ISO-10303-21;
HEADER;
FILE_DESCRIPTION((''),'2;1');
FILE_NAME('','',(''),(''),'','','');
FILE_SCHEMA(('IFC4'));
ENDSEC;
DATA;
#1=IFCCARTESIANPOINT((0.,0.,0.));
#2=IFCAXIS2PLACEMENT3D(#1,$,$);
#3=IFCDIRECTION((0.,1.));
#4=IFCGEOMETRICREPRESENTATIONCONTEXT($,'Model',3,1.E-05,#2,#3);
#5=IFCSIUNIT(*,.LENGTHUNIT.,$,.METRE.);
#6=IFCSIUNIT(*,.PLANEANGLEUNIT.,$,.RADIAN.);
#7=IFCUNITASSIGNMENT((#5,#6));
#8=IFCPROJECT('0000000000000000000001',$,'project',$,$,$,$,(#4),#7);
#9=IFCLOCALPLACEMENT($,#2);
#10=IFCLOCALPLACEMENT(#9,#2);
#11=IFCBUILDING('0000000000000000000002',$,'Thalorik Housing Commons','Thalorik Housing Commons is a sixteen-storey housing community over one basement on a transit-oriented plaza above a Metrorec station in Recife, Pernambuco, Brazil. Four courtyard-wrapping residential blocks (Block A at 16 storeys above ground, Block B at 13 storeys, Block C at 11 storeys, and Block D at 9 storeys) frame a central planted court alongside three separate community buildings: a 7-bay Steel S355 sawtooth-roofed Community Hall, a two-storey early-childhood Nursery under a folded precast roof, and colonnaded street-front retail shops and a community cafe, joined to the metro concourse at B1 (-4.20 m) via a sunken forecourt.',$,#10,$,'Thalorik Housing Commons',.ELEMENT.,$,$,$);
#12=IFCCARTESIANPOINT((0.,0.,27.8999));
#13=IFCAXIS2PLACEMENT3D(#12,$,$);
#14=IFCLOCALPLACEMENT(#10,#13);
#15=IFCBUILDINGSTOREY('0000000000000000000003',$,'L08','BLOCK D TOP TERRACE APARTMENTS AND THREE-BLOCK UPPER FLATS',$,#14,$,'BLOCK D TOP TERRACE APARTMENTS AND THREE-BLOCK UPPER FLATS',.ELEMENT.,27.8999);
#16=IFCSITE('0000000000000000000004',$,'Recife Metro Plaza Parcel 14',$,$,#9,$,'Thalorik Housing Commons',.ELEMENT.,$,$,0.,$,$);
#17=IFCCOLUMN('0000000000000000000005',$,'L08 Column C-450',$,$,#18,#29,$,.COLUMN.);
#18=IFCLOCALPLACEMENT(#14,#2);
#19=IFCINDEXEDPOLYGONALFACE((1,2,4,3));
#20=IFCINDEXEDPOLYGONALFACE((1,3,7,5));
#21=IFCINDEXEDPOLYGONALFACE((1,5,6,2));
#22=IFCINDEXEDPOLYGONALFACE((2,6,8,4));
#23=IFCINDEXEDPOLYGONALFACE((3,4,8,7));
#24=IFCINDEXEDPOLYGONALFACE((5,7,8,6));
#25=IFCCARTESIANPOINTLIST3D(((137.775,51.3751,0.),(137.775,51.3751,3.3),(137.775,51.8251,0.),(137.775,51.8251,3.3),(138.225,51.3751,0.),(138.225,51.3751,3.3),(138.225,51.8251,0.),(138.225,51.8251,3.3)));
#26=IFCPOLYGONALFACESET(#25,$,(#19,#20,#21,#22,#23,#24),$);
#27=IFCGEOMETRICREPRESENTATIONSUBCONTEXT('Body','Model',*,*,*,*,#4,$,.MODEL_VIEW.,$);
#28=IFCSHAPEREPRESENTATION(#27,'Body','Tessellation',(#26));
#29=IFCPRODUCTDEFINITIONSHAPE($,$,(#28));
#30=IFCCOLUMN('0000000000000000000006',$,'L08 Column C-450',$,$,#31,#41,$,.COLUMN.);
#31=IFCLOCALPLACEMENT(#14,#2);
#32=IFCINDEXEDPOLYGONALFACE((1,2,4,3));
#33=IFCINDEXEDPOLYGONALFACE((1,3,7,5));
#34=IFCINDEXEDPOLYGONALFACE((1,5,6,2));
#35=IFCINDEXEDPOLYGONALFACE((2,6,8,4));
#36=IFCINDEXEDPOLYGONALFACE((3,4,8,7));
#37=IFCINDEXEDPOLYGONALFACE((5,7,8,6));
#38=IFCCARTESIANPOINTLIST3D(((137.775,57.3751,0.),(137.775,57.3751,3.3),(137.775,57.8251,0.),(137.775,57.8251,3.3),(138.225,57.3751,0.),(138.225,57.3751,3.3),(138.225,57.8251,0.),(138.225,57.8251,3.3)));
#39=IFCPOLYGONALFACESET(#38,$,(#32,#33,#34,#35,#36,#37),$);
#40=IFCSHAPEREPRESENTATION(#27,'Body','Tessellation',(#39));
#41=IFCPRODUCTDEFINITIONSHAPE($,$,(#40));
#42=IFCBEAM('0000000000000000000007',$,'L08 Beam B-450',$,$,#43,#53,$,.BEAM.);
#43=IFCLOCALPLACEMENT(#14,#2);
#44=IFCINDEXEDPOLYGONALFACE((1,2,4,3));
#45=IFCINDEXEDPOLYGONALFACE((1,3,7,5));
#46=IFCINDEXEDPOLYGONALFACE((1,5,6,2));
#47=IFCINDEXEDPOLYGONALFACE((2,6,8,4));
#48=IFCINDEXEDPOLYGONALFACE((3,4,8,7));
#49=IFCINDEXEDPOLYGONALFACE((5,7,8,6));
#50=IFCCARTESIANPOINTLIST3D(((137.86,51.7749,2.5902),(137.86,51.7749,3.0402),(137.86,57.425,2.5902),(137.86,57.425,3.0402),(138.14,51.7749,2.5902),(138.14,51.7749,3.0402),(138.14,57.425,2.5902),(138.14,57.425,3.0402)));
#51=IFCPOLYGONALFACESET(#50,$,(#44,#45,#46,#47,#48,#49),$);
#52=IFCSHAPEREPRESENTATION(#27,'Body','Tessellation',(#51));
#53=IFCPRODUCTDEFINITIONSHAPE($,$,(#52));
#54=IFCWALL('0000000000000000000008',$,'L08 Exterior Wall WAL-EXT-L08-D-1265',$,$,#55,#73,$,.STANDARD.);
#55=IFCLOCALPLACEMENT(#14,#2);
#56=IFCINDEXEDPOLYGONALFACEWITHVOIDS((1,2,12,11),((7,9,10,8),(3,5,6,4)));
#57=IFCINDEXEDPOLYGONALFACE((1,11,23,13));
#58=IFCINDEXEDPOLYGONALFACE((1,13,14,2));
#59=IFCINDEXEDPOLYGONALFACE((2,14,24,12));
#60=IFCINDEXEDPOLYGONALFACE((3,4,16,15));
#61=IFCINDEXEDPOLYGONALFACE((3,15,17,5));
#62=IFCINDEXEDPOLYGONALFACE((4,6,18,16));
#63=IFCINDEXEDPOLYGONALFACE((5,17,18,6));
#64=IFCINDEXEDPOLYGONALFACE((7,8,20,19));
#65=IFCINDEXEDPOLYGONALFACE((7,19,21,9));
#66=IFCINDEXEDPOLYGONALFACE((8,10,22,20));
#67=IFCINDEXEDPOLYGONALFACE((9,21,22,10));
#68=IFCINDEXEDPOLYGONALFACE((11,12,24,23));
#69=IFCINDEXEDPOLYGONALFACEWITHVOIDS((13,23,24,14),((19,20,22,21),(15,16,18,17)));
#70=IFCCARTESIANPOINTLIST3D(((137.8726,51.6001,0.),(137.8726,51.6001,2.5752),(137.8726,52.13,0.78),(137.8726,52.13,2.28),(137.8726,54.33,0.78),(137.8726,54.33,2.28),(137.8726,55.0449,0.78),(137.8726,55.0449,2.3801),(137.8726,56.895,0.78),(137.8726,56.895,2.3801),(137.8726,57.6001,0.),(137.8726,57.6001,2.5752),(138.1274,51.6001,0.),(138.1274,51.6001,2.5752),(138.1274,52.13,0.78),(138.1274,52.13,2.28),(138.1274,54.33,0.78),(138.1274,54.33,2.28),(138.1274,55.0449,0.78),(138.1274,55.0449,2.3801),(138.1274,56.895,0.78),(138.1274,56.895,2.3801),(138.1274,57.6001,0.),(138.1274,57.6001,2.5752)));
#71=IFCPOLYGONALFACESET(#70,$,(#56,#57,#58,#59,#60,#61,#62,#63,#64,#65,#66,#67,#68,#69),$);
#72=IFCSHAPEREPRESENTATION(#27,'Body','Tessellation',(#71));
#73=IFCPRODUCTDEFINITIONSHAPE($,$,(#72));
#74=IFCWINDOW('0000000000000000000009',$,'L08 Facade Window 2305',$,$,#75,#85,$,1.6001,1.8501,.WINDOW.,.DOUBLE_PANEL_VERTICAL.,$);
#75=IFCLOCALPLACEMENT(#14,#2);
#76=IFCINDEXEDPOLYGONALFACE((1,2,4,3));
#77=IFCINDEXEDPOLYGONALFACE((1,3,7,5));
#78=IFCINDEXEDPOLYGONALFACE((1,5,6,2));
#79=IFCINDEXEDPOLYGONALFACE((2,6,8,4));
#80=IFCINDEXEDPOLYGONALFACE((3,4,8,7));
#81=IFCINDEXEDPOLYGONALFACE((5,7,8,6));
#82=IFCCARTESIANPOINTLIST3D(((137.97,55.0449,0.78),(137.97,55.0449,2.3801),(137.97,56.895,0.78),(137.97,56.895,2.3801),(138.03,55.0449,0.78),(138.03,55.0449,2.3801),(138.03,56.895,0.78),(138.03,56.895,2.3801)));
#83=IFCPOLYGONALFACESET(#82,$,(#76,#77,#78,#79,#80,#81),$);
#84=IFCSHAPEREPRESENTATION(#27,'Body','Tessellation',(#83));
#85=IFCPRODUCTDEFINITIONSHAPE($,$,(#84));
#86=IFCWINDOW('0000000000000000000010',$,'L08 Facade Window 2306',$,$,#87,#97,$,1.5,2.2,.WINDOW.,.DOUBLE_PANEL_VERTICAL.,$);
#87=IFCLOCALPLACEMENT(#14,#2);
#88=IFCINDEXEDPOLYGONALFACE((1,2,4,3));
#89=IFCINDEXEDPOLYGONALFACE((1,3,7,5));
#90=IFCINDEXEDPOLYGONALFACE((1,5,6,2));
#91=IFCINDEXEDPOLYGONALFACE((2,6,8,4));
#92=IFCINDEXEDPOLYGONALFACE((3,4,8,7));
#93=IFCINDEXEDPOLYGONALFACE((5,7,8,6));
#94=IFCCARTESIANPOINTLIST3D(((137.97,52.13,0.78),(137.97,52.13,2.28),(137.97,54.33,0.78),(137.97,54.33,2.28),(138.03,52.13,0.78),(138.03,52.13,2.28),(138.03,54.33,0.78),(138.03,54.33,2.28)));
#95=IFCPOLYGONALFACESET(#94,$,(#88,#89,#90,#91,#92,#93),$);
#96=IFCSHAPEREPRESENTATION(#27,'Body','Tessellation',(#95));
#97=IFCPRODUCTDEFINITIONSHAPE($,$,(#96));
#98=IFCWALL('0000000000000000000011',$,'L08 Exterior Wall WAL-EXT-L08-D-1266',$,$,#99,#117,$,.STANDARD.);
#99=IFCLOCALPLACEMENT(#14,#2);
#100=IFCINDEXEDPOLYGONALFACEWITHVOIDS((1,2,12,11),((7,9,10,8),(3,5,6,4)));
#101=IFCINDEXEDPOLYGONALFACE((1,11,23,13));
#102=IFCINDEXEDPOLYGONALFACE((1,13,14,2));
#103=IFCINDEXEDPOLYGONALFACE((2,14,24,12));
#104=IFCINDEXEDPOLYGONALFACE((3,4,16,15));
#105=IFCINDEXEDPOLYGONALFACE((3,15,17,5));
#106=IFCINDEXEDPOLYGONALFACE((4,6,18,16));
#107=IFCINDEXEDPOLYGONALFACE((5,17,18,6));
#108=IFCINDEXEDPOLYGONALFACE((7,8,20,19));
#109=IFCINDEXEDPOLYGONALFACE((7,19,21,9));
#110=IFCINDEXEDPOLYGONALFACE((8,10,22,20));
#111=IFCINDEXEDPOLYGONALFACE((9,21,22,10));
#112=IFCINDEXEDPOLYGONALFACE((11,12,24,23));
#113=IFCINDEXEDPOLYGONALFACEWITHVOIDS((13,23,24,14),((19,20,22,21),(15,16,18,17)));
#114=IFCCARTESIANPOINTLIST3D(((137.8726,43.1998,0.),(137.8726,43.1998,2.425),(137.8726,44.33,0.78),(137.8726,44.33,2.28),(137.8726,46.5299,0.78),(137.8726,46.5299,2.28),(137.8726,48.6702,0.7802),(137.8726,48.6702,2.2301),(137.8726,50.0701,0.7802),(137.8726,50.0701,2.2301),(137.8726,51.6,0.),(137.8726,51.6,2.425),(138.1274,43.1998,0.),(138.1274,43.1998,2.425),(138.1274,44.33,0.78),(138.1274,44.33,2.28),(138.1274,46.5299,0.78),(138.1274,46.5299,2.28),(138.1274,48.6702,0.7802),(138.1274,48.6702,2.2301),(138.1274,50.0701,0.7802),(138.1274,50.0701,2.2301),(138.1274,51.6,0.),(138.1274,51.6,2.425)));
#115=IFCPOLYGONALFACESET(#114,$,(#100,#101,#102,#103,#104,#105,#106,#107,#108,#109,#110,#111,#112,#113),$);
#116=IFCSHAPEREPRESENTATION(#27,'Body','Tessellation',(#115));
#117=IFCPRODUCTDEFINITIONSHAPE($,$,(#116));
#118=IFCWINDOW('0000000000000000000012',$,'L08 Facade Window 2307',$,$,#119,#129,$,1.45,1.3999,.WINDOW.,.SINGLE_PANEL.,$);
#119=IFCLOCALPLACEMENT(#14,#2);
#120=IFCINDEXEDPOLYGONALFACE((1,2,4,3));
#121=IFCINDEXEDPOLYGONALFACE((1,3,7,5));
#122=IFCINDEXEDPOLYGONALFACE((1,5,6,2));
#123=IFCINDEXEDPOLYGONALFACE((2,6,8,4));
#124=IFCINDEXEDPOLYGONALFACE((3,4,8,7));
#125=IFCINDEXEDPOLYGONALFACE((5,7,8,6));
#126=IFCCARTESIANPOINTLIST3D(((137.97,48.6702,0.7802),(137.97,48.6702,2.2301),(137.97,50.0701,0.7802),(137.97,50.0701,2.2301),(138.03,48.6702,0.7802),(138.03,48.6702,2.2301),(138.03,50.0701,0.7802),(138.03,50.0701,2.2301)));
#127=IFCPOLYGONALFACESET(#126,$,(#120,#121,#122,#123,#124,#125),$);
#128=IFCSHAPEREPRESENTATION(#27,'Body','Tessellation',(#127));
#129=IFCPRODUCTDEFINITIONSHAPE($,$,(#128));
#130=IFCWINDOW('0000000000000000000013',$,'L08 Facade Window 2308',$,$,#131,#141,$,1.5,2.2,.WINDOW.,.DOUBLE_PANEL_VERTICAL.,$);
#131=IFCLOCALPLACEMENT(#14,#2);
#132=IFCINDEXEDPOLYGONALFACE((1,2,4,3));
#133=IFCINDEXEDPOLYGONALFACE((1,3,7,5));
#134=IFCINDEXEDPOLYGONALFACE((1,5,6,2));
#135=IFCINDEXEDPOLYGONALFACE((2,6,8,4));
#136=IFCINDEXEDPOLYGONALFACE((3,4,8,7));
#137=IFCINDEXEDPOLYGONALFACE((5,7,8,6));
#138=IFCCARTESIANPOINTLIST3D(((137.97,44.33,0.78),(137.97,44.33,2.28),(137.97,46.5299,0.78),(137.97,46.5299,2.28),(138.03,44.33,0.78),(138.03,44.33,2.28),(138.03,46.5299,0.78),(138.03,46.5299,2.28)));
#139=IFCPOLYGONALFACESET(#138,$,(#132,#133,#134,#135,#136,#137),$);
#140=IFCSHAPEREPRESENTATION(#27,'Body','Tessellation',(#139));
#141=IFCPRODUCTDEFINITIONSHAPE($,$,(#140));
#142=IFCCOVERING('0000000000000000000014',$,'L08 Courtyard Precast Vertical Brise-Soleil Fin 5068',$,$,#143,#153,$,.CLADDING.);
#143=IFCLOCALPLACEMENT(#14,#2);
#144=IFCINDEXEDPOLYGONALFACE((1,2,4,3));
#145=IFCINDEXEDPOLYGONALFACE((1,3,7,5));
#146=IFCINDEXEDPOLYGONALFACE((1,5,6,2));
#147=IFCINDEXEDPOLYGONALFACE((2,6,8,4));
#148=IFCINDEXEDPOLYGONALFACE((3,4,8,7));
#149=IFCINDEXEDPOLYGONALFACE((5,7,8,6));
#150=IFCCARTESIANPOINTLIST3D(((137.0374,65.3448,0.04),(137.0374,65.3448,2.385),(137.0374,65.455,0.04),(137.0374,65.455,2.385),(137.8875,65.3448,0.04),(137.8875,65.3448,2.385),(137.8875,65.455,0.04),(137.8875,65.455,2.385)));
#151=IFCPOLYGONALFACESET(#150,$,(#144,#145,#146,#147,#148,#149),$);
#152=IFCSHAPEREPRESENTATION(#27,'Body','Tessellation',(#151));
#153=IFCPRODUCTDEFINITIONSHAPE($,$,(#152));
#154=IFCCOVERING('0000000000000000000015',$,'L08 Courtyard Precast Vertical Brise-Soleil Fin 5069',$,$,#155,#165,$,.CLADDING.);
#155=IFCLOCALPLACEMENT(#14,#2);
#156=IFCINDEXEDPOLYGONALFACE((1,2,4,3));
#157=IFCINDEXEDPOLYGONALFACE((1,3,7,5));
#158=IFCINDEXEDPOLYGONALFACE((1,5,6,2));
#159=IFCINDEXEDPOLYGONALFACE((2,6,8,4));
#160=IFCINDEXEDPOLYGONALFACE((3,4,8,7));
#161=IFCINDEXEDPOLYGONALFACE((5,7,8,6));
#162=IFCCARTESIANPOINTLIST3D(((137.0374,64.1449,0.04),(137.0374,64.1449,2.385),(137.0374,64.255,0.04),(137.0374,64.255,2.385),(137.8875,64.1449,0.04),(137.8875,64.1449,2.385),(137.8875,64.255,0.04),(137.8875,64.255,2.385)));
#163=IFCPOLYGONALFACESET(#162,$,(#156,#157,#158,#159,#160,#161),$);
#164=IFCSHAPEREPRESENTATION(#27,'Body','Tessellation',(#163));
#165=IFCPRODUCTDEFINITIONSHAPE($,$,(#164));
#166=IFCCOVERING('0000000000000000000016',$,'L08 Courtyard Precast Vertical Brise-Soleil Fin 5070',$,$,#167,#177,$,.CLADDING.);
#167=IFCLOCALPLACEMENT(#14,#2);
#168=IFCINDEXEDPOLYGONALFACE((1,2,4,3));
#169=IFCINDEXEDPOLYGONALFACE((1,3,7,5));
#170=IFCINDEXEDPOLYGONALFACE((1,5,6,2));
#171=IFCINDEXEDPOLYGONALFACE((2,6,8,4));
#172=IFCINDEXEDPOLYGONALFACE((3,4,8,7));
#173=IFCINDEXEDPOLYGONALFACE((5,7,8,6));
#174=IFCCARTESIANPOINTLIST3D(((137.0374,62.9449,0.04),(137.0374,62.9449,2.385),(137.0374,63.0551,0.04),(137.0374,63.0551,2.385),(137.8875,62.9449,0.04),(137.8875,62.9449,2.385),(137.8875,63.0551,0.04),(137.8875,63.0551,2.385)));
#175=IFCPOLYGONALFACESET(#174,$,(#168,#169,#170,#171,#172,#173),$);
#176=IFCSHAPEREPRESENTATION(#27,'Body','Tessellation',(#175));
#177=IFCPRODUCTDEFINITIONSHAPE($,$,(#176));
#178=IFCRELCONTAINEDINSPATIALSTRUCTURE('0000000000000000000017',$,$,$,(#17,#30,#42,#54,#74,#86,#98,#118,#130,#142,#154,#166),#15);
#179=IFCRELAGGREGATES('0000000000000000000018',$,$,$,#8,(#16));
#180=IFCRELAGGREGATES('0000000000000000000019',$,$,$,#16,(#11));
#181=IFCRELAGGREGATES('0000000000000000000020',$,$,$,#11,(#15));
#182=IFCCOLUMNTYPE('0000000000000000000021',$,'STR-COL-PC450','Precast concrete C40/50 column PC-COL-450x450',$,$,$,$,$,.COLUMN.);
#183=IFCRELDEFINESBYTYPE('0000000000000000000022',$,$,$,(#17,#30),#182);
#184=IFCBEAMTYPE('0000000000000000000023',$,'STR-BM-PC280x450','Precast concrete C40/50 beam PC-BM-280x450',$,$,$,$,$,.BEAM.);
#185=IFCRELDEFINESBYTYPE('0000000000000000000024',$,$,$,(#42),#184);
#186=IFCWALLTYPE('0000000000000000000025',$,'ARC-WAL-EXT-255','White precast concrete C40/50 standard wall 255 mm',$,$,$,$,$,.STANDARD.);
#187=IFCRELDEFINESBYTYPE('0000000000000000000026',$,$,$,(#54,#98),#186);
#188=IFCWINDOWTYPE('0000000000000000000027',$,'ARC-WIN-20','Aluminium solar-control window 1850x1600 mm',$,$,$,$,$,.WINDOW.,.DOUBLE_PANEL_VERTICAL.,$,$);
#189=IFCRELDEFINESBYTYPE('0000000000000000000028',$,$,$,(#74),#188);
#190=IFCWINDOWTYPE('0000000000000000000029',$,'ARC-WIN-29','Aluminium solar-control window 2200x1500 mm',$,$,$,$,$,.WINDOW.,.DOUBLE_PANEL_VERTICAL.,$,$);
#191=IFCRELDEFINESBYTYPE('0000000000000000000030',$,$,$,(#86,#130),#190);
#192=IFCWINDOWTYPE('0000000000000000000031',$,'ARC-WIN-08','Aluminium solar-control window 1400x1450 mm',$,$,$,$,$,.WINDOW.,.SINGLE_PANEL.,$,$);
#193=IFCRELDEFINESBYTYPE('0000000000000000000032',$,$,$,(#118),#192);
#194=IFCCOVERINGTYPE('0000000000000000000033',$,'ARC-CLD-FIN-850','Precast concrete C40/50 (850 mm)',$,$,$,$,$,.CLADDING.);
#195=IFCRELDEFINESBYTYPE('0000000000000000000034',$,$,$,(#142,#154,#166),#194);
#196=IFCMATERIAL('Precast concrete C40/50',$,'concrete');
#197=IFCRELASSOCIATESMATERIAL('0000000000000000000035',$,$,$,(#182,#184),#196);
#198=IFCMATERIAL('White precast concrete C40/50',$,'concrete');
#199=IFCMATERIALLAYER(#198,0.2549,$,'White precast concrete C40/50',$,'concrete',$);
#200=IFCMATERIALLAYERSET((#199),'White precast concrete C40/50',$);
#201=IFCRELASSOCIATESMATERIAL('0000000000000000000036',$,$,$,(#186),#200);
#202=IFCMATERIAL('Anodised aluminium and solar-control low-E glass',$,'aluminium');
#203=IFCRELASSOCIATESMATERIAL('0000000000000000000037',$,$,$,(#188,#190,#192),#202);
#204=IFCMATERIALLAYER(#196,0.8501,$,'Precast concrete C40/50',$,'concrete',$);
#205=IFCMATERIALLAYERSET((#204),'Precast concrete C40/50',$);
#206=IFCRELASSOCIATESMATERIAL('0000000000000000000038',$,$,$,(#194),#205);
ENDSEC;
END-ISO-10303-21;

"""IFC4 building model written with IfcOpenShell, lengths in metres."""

from ifc_helpers import new_model, si_unit, direction, frame, frame_2d, origin, origin_2d, place, context, subcontext, project, spatial, rectangle, extrude, material, layer, layer_set, material_profile, profile_set, type_object, element, fill, save


model = new_model("IFC4")

# Units and contexts
model_context = context("Model", 3, precision=1e-05, world=origin(), true_north=direction((0.0, 1.0)))
body_context = subcontext(model_context, "Body", "Model", "MODEL_VIEW")
ifc_project = project(units=[si_unit("LENGTHUNIT", "METRE"), si_unit("PLANEANGLEUNIT", "RADIAN")], contexts=[model_context])

# Site, building, storey
site_placement = place(None, origin())
site = spatial("IfcSite", under=ifc_project, at=site_placement, Name="Recife Metro Plaza Parcel 14", LongName="Thalorik Housing Commons", CompositionType="ELEMENT", RefElevation=0.0)
building_placement = place(site_placement, origin())
building = spatial("IfcBuilding", under=site, at=building_placement, Name="Thalorik Housing Commons", Description="Thalorik Housing Commons is a sixteen-storey housing community over one basement on a transit-oriented plaza above a Metrorec station in Recife, Pernambuco, Brazil. Four courtyard-wrapping residential blocks (Block A at 16 storeys above ground, Block B at 13 storeys, Block C at 11 storeys, and Block D at 9 storeys) frame a central planted court alongside three separate community buildings: a 7-bay Steel S355 sawtooth-roofed Community Hall, a two-storey early-childhood Nursery under a folded precast roof, and colonnaded street-front retail shops and a community cafe, joined to the metro concourse at B1 (-4.20 m) via a sunken forecourt.", LongName="Thalorik Housing Commons", CompositionType="ELEMENT")
storey_placement = place(building_placement, frame((0.0, 0.0, 27.8999)))
storey = spatial("IfcBuildingStorey", under=building, at=storey_placement, Name="L08", Description="BLOCK D TOP TERRACE APARTMENTS AND THREE-BLOCK UPPER FLATS", LongName="BLOCK D TOP TERRACE APARTMENTS AND THREE-BLOCK UPPER FLATS", CompositionType="ELEMENT", Elevation=27.8999)

# Columns
ifc_material_1 = material(Name="Precast concrete C40/50", Category="concrete")
ifc_material_profile_1 = material_profile(ifc_material_1, rectangle(XDim=0.45, YDim=0.45, at=origin_2d()), Name="PC 450x450", Category="concrete")
ifc_profile_set_1 = profile_set([ifc_material_profile_1], Name="Precast concrete C40/50")
column_type = type_object("IfcColumnType", Name="STR-COL-PC450", Description="Precast concrete C40/50 column PC-COL-450x450", PredefinedType="COLUMN", material=ifc_profile_set_1)
for number, where, z_axis, x_axis, name in (
    (1, (138.0, 51.6001, 0.0), (0.0, 0.0, 1.0), (1.0, 0.0, 0.0), "L08 Column C-450"),
    (2, (138.0, 57.6001, 0.0), (0.0, 0.0, 1.0), (1.0, 0.0, 0.0), "L08 Column C-450"),
):
    element("IfcColumn", number, at=place(storey_placement, frame(where, z_axis=z_axis, x_axis=x_axis)), inside=storey, type_object=column_type, Name=name, PredefinedType="COLUMN", context=body_context, shape_type="SweptSolid", body=[
        extrude(rectangle(XDim=0.45, YDim=0.45, at=origin_2d()), origin(), (0.0, 0.0, 1.0), 3.3),
    ])

# Beam
ifc_material_profile_2 = material_profile(ifc_material_1, rectangle(XDim=0.28, YDim=0.45, at=origin_2d()), Name="PC 280x450", Category="concrete")
ifc_profile_set_2 = profile_set([ifc_material_profile_2], Name="Precast concrete C40/50")
beam_type = type_object("IfcBeamType", Name="STR-BM-PC280x450", Description="Precast concrete C40/50 beam PC-BM-280x450", PredefinedType="BEAM", material=ifc_profile_set_2)
beam_placement = place(storey_placement, frame((138.0, 51.7749, 2.8152), z_axis=(0.0, 1.0, 0.0), x_axis=(-1.0, 0.0, 0.0)))
element("IfcBeam", 3, at=beam_placement, inside=storey, type_object=beam_type, Name="L08 Beam B-450", PredefinedType="BEAM", context=body_context, shape_type="SweptSolid", body=[
    extrude(rectangle(XDim=0.28, YDim=0.45, at=origin_2d()), origin(), (0.0, 0.0, 1.0), 5.6501),
])

# Walls, openings, windows
ifc_material_2 = material(Name="White precast concrete C40/50", Category="concrete")
ifc_layer_1 = layer(ifc_material_2, 0.2549, Name="White precast concrete C40/50", Category="concrete")
ifc_layer_set_1 = layer_set([ifc_layer_1], Name="White precast concrete C40/50")
wall_type = type_object("IfcWallType", Name="ARC-WAL-EXT-255", Description="White precast concrete C40/50 standard wall 255 mm", PredefinedType="STANDARD", material=ifc_layer_set_1)
wall_1_placement = place(storey_placement, frame((138.0, 57.6001, 0.0), z_axis=(0.0, 0.0, 1.0), x_axis=(0.0, -1.0, 0.0)))
wall_1 = element("IfcWall", 4, at=wall_1_placement, inside=storey, type_object=wall_type, Name="L08 Exterior Wall WAL-EXT-L08-D-1265", PredefinedType="STANDARD", context=body_context, shape_type="SweptSolid", body=[
    extrude(rectangle(XDim=6.0, YDim=0.2549, at=frame_2d((3.0, 0.0))), origin(), (0.0, 0.0, 1.0), 2.5752),
])
opening_1_placement = place(wall_1_placement, frame((0.7051, 0.0, 0.78)))
opening_1 = element("IfcOpeningElement", 5, at=opening_1_placement, cuts=wall_1, PredefinedType="OPENING", context=body_context, shape_type="SweptSolid", body=[
    extrude(rectangle(XDim=1.8501, YDim=1.6001, at=frame_2d((0.925, 0.8))), frame((0.0, 0.1375, 0.0), z_axis=(0.0, -1.0, 0.0), x_axis=(1.0, 0.0, 0.0)), (0.0, 0.0, 1.0), 0.2749),
])
opening_2_placement = place(wall_1_placement, frame((3.27, 0.0, 0.78)))
opening_2 = element("IfcOpeningElement", 6, at=opening_2_placement, cuts=wall_1, PredefinedType="OPENING", context=body_context, shape_type="SweptSolid", body=[
    extrude(rectangle(XDim=2.2, YDim=1.5, at=frame_2d((1.1001, 0.75))), frame((0.0, 0.1375, 0.0), z_axis=(0.0, -1.0, 0.0), x_axis=(1.0, 0.0, 0.0)), (0.0, 0.0, 1.0), 0.2749),
])
ifc_material_3 = material(Name="Anodised aluminium and solar-control low-E glass", Category="aluminium")
window_type_1 = type_object("IfcWindowType", Name="ARC-WIN-20", Description="Aluminium solar-control window 1850x1600 mm", PartitioningType="DOUBLE_PANEL_VERTICAL", PredefinedType="WINDOW", material=ifc_material_3)
window_1_placement = place(opening_1_placement, origin())
window_1 = element("IfcWindow", 7, at=window_1_placement, inside=storey, type_object=window_type_1, Name="L08 Facade Window 2305", OverallHeight=1.6001, OverallWidth=1.8501, PartitioningType="DOUBLE_PANEL_VERTICAL", PredefinedType="WINDOW", context=body_context, shape_type="SweptSolid", body=[
    extrude(rectangle(XDim=1.8501, YDim=1.6001, at=frame_2d((0.925, 0.8))), frame((0.0, 0.03, 0.0), z_axis=(0.0, -1.0, 0.0), x_axis=(1.0, 0.0, 0.0)), (0.0, 0.0, 1.0), 0.0601),
])
fill(opening_1, window_1)
window_type_2 = type_object("IfcWindowType", Name="ARC-WIN-29", Description="Aluminium solar-control window 2200x1500 mm", PartitioningType="DOUBLE_PANEL_VERTICAL", PredefinedType="WINDOW", material=ifc_material_3)
window_2_placement = place(opening_2_placement, origin())
window_2 = element("IfcWindow", 8, at=window_2_placement, inside=storey, type_object=window_type_2, Name="L08 Facade Window 2306", OverallHeight=1.5, OverallWidth=2.2, PartitioningType="DOUBLE_PANEL_VERTICAL", PredefinedType="WINDOW", context=body_context, shape_type="SweptSolid", body=[
    extrude(rectangle(XDim=2.2, YDim=1.5, at=frame_2d((1.1001, 0.75))), frame((0.0, 0.03, 0.0), z_axis=(0.0, -1.0, 0.0), x_axis=(1.0, 0.0, 0.0)), (0.0, 0.0, 1.0), 0.0601),
])
fill(opening_2, window_2)
wall_2_placement = place(storey_placement, frame((138.0, 51.6001, 0.0), z_axis=(0.0, 0.0, 1.0), x_axis=(0.0, -1.0, 0.0)))
wall_2 = element("IfcWall", 9, at=wall_2_placement, inside=storey, type_object=wall_type, Name="L08 Exterior Wall WAL-EXT-L08-D-1266", PredefinedType="STANDARD", context=body_context, shape_type="SweptSolid", body=[
    extrude(rectangle(XDim=8.4001, YDim=0.2549, at=frame_2d((4.2002, 0.0))), origin(), (0.0, 0.0, 1.0), 2.425),
])
opening_3_placement = place(wall_2_placement, frame((1.53, 0.0, 0.78)))
opening_3 = element("IfcOpeningElement", 10, at=opening_3_placement, cuts=wall_2, PredefinedType="OPENING", context=body_context, shape_type="SweptSolid", body=[
    extrude(rectangle(XDim=1.3999, YDim=1.45, at=frame_2d((0.7, 0.7251))), frame((0.0, 0.1375, 0.0), z_axis=(0.0, -1.0, 0.0), x_axis=(1.0, 0.0, 0.0)), (0.0, 0.0, 1.0), 0.2749),
])
opening_4_placement = place(wall_2_placement, frame((5.0701, 0.0, 0.78)))
opening_4 = element("IfcOpeningElement", 11, at=opening_4_placement, cuts=wall_2, PredefinedType="OPENING", context=body_context, shape_type="SweptSolid", body=[
    extrude(rectangle(XDim=2.2, YDim=1.5, at=frame_2d((1.1001, 0.75))), frame((0.0, 0.1375, 0.0), z_axis=(0.0, -1.0, 0.0), x_axis=(1.0, 0.0, 0.0)), (0.0, 0.0, 1.0), 0.2749),
])
window_type_3 = type_object("IfcWindowType", Name="ARC-WIN-08", Description="Aluminium solar-control window 1400x1450 mm", PartitioningType="SINGLE_PANEL", PredefinedType="WINDOW", material=ifc_material_3)
window_3_placement = place(opening_3_placement, origin())
window_3 = element("IfcWindow", 12, at=window_3_placement, inside=storey, type_object=window_type_3, Name="L08 Facade Window 2307", OverallHeight=1.45, OverallWidth=1.3999, PartitioningType="SINGLE_PANEL", PredefinedType="WINDOW", context=body_context, shape_type="SweptSolid", body=[
    extrude(rectangle(XDim=1.3999, YDim=1.45, at=frame_2d((0.7, 0.7251))), frame((0.0, 0.03, 0.0), z_axis=(0.0, -1.0, 0.0), x_axis=(1.0, 0.0, 0.0)), (0.0, 0.0, 1.0), 0.0601),
])
fill(opening_3, window_3)
window_4_placement = place(opening_4_placement, origin())
window_4 = element("IfcWindow", 13, at=window_4_placement, inside=storey, type_object=window_type_2, Name="L08 Facade Window 2308", OverallHeight=1.5, OverallWidth=2.2, PartitioningType="DOUBLE_PANEL_VERTICAL", PredefinedType="WINDOW", context=body_context, shape_type="SweptSolid", body=[
    extrude(rectangle(XDim=2.2, YDim=1.5, at=frame_2d((1.1001, 0.75))), frame((0.0, 0.03, 0.0), z_axis=(0.0, -1.0, 0.0), x_axis=(1.0, 0.0, 0.0)), (0.0, 0.0, 1.0), 0.0601),
])
fill(opening_4, window_4)

# Coverings
ifc_layer_2 = layer(ifc_material_1, 0.8501, Name="Precast concrete C40/50", Category="concrete")
ifc_layer_set_2 = layer_set([ifc_layer_2], Name="Precast concrete C40/50")
covering_type_1 = type_object("IfcCoveringType", Name="ARC-CLD-FIN-850", Description="Precast concrete C40/50 (850 mm)", PredefinedType="CLADDING", material=ifc_layer_set_2)
for number, where, z_axis, x_axis, name in (
    (14, (137.4624, 65.3999, 0.04), (0.0, 0.0, 1.0), (0.0, -1.0, 0.0), "L08 Courtyard Precast Vertical Brise-Soleil Fin 5068"),
    (15, (137.4624, 64.2, 0.04), (0.0, 0.0, 1.0), (0.0, -1.0, 0.0), "L08 Courtyard Precast Vertical Brise-Soleil Fin 5069"),
    (16, (137.4624, 63.0, 0.04), (0.0, 0.0, 1.0), (0.0, -1.0, 0.0), "L08 Courtyard Precast Vertical Brise-Soleil Fin 5070"),
):
    element("IfcCovering", number, at=place(storey_placement, frame(where, z_axis=z_axis, x_axis=x_axis)), inside=storey, type_object=covering_type_1, Name=name, PredefinedType="CLADDING", context=body_context, shape_type="SweptSolid", body=[
        extrude(rectangle(XDim=0.1101, YDim=0.8501, at=origin_2d()), origin(), (0.0, 0.0, 1.0), 2.345),
    ])

save(model, "model.ifc")
